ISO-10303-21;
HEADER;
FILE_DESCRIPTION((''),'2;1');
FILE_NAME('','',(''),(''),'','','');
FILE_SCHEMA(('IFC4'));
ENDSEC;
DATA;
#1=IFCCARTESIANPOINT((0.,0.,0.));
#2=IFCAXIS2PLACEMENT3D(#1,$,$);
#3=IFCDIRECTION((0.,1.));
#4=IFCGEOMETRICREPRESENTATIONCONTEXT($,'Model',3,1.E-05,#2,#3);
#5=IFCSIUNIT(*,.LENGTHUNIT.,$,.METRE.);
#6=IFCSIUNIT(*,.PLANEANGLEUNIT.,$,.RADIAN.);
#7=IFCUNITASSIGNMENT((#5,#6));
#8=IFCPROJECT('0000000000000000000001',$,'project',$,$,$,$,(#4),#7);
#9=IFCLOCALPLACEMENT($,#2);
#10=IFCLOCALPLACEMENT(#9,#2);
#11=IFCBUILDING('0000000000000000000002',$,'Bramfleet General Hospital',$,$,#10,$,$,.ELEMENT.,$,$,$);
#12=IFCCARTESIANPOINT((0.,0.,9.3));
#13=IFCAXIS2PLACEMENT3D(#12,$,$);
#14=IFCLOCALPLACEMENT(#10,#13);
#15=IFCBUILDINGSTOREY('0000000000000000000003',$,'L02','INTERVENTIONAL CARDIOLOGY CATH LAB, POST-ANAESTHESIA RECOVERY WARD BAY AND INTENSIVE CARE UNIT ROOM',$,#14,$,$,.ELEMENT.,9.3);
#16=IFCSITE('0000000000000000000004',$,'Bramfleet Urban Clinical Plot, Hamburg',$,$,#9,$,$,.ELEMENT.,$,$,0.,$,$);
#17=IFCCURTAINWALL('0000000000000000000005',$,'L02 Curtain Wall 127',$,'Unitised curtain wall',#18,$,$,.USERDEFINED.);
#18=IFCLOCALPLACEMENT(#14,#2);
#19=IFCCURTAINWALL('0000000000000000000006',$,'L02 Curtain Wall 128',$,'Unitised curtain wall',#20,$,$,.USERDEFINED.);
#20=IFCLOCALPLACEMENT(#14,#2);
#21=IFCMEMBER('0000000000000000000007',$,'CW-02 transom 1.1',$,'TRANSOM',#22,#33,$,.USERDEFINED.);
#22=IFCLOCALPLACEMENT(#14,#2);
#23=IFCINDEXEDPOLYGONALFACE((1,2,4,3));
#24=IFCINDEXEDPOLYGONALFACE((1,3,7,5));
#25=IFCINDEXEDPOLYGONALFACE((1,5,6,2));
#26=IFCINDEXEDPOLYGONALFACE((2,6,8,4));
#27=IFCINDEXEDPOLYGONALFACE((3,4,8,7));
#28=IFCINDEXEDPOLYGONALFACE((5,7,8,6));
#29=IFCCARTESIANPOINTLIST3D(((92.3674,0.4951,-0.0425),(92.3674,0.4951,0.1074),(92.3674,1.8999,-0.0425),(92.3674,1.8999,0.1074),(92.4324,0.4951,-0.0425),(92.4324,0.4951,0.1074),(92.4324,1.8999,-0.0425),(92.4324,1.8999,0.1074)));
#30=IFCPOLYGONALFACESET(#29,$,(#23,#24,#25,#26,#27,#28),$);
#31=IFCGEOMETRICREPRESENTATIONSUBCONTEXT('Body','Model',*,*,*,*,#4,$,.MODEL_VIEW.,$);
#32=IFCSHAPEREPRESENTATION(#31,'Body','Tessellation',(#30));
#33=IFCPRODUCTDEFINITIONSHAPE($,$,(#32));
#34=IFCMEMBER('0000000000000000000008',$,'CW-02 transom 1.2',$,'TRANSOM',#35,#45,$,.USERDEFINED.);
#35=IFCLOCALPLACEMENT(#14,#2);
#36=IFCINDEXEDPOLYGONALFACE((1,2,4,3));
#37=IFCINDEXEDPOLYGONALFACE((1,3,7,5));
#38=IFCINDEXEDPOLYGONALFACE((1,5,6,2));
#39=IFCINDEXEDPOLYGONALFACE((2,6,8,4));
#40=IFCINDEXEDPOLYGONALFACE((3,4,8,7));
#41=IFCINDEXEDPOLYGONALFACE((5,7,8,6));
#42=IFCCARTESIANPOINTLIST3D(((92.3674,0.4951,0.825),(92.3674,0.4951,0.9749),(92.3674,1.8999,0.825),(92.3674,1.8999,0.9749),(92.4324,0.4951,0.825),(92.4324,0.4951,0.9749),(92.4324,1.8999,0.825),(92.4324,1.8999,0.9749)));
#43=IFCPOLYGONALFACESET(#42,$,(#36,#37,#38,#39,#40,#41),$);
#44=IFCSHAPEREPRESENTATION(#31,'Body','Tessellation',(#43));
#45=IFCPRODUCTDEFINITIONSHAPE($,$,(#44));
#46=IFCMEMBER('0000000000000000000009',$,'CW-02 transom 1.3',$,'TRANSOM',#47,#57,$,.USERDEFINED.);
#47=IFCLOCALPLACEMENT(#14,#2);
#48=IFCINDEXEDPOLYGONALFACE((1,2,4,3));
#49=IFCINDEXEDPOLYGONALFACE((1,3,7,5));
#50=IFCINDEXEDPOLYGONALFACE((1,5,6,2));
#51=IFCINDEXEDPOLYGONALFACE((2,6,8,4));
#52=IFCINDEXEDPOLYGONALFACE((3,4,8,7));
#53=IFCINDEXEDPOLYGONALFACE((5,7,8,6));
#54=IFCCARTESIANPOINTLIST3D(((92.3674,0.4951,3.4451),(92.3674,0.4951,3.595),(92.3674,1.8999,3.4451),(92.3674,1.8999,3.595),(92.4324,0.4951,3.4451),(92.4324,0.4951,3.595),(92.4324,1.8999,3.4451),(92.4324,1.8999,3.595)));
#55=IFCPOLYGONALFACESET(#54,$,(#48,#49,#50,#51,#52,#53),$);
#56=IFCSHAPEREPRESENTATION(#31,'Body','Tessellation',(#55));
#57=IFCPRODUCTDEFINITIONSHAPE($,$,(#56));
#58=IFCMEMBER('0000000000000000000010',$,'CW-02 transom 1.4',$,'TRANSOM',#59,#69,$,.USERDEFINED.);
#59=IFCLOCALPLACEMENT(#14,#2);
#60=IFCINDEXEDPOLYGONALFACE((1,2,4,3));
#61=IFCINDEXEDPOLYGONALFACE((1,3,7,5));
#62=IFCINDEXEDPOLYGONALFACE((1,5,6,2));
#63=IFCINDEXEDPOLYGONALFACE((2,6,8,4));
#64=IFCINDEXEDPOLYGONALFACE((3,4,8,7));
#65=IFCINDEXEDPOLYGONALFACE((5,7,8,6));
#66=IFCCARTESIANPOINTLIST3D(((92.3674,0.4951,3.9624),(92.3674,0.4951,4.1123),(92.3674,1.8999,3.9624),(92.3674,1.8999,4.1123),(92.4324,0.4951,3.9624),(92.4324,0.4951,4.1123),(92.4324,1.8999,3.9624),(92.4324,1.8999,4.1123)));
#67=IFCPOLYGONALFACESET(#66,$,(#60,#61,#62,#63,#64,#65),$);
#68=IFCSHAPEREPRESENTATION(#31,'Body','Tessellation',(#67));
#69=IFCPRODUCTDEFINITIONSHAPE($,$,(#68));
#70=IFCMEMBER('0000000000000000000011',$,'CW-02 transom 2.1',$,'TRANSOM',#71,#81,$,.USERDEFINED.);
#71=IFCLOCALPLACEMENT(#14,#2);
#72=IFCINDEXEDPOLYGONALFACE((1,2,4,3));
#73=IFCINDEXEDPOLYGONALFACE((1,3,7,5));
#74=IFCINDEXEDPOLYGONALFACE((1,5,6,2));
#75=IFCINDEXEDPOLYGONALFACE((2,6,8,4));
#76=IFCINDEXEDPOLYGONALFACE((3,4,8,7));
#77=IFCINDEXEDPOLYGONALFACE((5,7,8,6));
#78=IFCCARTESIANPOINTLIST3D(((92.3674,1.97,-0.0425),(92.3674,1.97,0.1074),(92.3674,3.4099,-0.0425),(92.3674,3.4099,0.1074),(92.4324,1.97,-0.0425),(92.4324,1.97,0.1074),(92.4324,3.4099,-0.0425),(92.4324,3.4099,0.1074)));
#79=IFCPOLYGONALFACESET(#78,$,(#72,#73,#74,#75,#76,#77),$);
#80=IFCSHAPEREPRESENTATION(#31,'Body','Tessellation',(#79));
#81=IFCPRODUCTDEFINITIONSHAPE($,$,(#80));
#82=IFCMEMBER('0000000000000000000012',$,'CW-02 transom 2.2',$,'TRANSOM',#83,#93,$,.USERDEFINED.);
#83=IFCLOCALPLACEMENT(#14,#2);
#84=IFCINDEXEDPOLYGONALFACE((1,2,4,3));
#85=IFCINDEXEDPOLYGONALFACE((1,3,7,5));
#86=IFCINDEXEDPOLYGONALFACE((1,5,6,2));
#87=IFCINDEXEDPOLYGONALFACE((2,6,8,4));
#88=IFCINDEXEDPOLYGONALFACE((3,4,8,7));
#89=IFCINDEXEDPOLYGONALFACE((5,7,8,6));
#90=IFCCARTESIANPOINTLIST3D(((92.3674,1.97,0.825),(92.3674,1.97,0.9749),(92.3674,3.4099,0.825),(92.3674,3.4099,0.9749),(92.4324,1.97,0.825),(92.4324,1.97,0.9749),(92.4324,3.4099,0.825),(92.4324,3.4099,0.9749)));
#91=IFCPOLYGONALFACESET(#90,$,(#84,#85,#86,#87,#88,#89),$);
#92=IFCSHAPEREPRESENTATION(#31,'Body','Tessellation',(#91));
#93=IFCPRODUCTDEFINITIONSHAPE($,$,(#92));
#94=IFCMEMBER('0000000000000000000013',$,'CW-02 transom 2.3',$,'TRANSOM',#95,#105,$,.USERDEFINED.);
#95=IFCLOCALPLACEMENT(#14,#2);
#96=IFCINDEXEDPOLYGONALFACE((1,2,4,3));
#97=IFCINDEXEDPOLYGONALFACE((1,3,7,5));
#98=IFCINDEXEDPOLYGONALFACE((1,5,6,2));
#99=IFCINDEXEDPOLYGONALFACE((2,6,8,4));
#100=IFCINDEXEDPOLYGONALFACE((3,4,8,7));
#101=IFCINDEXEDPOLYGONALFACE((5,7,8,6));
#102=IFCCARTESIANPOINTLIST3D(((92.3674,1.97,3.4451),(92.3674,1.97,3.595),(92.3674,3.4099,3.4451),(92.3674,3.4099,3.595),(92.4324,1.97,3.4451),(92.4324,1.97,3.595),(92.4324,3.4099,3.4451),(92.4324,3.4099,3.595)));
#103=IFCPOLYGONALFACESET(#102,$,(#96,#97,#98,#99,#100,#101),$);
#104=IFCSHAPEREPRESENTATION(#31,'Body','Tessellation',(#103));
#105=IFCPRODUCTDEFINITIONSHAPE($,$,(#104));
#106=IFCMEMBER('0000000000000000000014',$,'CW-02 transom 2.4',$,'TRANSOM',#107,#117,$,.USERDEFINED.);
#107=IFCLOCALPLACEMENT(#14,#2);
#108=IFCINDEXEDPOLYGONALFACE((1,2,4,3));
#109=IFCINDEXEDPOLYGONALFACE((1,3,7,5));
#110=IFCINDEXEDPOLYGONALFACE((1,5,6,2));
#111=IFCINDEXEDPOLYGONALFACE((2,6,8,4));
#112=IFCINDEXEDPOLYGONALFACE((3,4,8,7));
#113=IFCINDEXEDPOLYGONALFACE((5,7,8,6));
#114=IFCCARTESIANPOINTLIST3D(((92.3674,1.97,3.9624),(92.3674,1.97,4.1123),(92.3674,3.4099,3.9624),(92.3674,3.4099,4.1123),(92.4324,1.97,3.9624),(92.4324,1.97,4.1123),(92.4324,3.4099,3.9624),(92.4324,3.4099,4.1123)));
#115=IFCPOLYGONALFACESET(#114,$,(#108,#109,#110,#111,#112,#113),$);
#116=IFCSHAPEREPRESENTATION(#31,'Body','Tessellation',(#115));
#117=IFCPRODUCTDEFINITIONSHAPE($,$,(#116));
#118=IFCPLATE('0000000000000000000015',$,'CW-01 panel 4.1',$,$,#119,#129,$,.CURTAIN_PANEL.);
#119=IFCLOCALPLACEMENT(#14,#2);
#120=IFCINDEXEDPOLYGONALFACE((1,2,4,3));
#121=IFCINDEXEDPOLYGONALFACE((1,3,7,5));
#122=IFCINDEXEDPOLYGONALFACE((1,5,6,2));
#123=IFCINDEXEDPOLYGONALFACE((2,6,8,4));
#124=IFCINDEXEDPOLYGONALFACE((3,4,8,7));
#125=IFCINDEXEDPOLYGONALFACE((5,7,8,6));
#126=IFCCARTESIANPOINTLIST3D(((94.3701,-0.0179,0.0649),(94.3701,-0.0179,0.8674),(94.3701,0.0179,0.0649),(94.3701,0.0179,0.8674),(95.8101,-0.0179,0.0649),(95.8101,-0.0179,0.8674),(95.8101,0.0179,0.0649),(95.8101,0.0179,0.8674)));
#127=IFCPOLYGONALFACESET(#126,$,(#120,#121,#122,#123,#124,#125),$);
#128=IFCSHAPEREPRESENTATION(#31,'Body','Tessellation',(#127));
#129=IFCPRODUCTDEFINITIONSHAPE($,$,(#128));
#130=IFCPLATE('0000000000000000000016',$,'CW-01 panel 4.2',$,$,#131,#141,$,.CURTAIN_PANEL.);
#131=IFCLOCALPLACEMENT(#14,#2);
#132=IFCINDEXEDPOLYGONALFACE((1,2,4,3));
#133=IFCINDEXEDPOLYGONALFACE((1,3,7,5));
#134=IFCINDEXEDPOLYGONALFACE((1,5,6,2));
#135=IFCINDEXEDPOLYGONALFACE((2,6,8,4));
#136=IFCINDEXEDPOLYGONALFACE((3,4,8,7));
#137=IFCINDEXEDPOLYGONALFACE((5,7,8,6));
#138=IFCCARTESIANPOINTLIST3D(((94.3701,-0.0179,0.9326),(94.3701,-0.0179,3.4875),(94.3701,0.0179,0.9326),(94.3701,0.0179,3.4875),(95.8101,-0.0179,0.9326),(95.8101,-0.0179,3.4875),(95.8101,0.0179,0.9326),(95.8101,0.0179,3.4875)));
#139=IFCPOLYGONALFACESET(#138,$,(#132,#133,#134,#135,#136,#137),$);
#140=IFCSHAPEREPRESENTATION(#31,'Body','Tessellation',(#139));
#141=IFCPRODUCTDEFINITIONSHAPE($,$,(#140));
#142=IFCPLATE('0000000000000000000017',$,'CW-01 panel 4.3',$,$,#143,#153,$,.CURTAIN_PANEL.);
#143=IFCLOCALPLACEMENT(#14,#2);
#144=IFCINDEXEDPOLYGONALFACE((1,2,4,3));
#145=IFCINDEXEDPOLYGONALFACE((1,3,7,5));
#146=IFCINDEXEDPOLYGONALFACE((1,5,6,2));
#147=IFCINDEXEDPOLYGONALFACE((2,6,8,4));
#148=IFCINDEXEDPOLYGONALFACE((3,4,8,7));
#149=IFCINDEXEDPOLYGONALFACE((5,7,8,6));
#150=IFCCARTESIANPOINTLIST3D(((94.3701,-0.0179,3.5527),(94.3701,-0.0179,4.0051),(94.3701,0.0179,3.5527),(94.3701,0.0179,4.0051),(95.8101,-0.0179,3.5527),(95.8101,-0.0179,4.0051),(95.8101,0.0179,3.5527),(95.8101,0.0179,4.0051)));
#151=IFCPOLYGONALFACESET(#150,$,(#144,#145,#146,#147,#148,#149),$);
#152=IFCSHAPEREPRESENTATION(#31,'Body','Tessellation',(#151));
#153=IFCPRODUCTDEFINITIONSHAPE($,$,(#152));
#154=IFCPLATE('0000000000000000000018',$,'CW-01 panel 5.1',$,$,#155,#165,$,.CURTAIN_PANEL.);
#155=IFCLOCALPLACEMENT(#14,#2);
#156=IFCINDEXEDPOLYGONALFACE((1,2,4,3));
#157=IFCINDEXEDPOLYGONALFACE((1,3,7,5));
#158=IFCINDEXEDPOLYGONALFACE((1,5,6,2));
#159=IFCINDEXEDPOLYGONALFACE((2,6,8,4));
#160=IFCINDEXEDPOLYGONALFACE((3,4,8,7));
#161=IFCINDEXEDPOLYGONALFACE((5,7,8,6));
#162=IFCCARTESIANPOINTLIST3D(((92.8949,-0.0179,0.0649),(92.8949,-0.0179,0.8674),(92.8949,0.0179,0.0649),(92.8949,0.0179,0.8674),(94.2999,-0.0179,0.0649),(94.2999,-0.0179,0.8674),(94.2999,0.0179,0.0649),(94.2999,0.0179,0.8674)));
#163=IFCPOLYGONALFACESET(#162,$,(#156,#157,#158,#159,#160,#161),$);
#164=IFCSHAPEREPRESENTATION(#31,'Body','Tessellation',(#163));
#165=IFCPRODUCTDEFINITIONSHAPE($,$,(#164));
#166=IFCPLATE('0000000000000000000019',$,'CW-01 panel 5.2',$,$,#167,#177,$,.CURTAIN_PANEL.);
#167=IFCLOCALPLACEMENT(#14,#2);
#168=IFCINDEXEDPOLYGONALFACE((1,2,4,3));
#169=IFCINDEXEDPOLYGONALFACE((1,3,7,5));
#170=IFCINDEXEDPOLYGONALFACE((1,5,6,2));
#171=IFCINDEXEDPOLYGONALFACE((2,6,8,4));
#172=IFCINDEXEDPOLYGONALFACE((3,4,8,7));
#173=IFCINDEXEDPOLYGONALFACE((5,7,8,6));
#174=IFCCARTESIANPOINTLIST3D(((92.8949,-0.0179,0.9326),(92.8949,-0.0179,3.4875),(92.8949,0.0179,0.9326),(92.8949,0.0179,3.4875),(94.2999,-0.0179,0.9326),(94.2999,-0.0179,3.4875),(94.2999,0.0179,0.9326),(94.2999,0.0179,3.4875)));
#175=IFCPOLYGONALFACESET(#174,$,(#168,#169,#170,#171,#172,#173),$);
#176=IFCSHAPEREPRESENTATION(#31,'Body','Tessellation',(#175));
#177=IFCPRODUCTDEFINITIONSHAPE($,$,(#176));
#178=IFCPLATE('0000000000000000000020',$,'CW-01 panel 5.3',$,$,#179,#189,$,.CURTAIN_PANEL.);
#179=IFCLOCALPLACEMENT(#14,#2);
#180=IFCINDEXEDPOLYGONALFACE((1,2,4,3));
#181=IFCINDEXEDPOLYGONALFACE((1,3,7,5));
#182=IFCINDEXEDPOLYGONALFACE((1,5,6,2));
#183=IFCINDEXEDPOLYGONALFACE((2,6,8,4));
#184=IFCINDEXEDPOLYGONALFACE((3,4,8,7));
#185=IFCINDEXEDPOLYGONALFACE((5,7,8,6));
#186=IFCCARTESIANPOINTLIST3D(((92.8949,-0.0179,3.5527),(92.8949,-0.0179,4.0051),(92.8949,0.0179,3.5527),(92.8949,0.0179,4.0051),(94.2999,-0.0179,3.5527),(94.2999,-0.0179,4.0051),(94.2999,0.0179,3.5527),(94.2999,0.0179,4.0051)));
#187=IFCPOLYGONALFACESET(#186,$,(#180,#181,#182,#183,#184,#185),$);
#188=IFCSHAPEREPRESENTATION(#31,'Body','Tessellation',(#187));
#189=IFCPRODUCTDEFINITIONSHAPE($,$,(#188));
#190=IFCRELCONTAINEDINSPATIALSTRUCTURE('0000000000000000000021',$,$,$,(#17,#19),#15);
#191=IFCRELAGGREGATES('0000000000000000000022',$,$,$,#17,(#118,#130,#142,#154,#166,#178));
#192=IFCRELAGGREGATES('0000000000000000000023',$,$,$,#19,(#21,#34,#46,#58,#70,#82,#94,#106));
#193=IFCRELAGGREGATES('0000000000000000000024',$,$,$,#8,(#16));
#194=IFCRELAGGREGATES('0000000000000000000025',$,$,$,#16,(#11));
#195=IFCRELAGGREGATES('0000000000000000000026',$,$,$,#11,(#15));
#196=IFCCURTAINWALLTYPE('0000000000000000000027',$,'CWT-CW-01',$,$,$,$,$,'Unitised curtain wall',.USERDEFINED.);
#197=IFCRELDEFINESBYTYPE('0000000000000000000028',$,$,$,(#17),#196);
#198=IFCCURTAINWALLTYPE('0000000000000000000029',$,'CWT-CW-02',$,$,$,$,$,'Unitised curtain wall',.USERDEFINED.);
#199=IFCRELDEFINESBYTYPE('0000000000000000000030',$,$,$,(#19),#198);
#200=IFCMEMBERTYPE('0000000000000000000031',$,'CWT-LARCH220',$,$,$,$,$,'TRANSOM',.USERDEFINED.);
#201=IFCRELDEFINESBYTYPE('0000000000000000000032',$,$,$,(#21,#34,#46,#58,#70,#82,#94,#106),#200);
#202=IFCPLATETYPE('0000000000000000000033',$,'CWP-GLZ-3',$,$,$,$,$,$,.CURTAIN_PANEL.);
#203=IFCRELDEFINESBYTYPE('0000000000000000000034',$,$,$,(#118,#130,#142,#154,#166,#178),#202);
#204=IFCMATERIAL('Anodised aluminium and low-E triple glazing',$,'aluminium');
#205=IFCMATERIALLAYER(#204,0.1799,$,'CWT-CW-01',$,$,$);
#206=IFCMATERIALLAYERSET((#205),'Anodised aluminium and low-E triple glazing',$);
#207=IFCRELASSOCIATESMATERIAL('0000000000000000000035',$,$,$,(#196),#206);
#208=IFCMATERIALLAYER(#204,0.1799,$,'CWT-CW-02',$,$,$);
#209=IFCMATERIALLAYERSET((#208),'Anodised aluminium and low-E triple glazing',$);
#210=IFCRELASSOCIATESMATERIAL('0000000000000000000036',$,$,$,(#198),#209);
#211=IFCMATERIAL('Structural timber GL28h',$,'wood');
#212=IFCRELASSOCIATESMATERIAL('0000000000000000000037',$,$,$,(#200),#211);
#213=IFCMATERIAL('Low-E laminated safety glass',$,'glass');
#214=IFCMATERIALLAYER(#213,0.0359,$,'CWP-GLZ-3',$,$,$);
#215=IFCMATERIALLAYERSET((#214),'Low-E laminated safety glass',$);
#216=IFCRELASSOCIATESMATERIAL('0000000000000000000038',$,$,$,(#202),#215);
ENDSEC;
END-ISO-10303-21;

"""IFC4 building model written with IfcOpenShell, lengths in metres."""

from ifc_helpers import new_model, si_unit, direction, frame, origin, origin_2d, place, context, subcontext, project, spatial, rectangle, extrude, material, layer, layer_set, material_profile, profile_set, type_object, element, aggregate, save


model = new_model("IFC4")

# Units and contexts
model_context = context("Model", 3, precision=1e-05, world=origin(), true_north=direction((0.0, 1.0)))
body_context = subcontext(model_context, "Body", "Model", "MODEL_VIEW")
ifc_project = project(units=[si_unit("LENGTHUNIT", "METRE"), si_unit("PLANEANGLEUNIT", "RADIAN")], contexts=[model_context])

# Site, building, storey
site_placement = place(None, origin())
site = spatial("IfcSite", under=ifc_project, at=site_placement, Name="Bramfleet Urban Clinical Plot, Hamburg", CompositionType="ELEMENT", RefElevation=0.0)
building_placement = place(site_placement, origin())
building = spatial("IfcBuilding", under=site, at=building_placement, Name="Bramfleet General Hospital", CompositionType="ELEMENT")
storey_placement = place(building_placement, frame((0.0, 0.0, 9.3)))
storey = spatial("IfcBuildingStorey", under=building, at=storey_placement, Name="L02", Description="INTERVENTIONAL CARDIOLOGY CATH LAB, POST-ANAESTHESIA RECOVERY WARD BAY AND INTENSIVE CARE UNIT ROOM", CompositionType="ELEMENT", Elevation=9.3)

# Curtain walls
ifc_material_1 = material(Name="Anodised aluminium and low-E triple glazing", Category="aluminium")
ifc_layer_1 = layer(ifc_material_1, 0.1799, Name="CWT-CW-01")
ifc_layer_set_1 = layer_set([ifc_layer_1], Name="Anodised aluminium and low-E triple glazing")
curtain_wall_type_1 = type_object("IfcCurtainWallType", Name="CWT-CW-01", ElementType="Unitised curtain wall", PredefinedType="USERDEFINED", material=ifc_layer_set_1)
curtain_wall_1_placement = place(storey_placement, origin())
curtain_wall_1 = element("IfcCurtainWall", 1, at=curtain_wall_1_placement, inside=storey, type_object=curtain_wall_type_1, Name="L02 Curtain Wall 127", ObjectType="Unitised curtain wall", PredefinedType="USERDEFINED")
ifc_material_2 = material(Name="Structural timber GL28h", Category="wood")
ifc_layer_2 = layer(ifc_material_1, 0.1799, Name="CWT-CW-02")
ifc_layer_set_2 = layer_set([ifc_layer_2], Name="Anodised aluminium and low-E triple glazing")
curtain_wall_type_2 = type_object("IfcCurtainWallType", Name="CWT-CW-02", ElementType="Unitised curtain wall", PredefinedType="USERDEFINED", material=ifc_layer_set_2)
curtain_wall_2_placement = place(storey_placement, origin())
curtain_wall_2 = element("IfcCurtainWall", 2, at=curtain_wall_2_placement, inside=storey, type_object=curtain_wall_type_2, Name="L02 Curtain Wall 128", ObjectType="Unitised curtain wall", PredefinedType="USERDEFINED")

# Members
ifc_material_profile_1 = material_profile(ifc_material_2, rectangle(XDim=0.0649, YDim=0.1499, at=origin_2d()), Name="LARCH 150x65")
ifc_profile_set_1 = profile_set([ifc_material_profile_1], Name="Structural timber GL28h")
member_type_1 = type_object("IfcMemberType", Name="CWT-LARCH220", ElementType="TRANSOM", PredefinedType="USERDEFINED", material=ifc_profile_set_1)
member_1_placement = place(storey_placement, frame((92.3999, 0.4951, 0.0325), z_axis=(0.0, 1.0, 0.0), x_axis=(-1.0, 0.0, 0.0)))
member_1 = element("IfcMember", 3, at=member_1_placement, type_object=member_type_1, Name="CW-02 transom 1.1", ObjectType="TRANSOM", PredefinedType="USERDEFINED", context=body_context, shape_type="SweptSolid", body=[
    extrude(rectangle(XDim=0.0649, YDim=0.1499, at=origin_2d()), origin(), (0.0, 0.0, 1.0), 1.4048),
])
member_2_placement = place(storey_placement, frame((92.3999, 0.4951, 0.8999), z_axis=(0.0, 1.0, 0.0), x_axis=(-1.0, 0.0, 0.0)))
member_2 = element("IfcMember", 4, at=member_2_placement, type_object=member_type_1, Name="CW-02 transom 1.2", ObjectType="TRANSOM", PredefinedType="USERDEFINED", context=body_context, shape_type="SweptSolid", body=[
    extrude(rectangle(XDim=0.0649, YDim=0.1499, at=origin_2d()), origin(), (0.0, 0.0, 1.0), 1.4048),
])
member_3_placement = place(storey_placement, frame((92.3999, 0.4951, 3.52), z_axis=(0.0, 1.0, 0.0), x_axis=(-1.0, 0.0, 0.0)))
member_3 = element("IfcMember", 5, at=member_3_placement, type_object=member_type_1, Name="CW-02 transom 1.3", ObjectType="TRANSOM", PredefinedType="USERDEFINED", context=body_context, shape_type="SweptSolid", body=[
    extrude(rectangle(XDim=0.0649, YDim=0.1499, at=origin_2d()), origin(), (0.0, 0.0, 1.0), 1.4048),
])
member_4_placement = place(storey_placement, frame((92.3999, 0.4951, 4.0374), z_axis=(0.0, 1.0, 0.0), x_axis=(-1.0, 0.0, 0.0)))
member_4 = element("IfcMember", 6, at=member_4_placement, type_object=member_type_1, Name="CW-02 transom 1.4", ObjectType="TRANSOM", PredefinedType="USERDEFINED", context=body_context, shape_type="SweptSolid", body=[
    extrude(rectangle(XDim=0.0649, YDim=0.1499, at=origin_2d()), origin(), (0.0, 0.0, 1.0), 1.4048),
])
member_5_placement = place(storey_placement, frame((92.3999, 1.97, 0.0325), z_axis=(0.0, 1.0, 0.0), x_axis=(-1.0, 0.0, 0.0)))
member_5 = element("IfcMember", 7, at=member_5_placement, type_object=member_type_1, Name="CW-02 transom 2.1", ObjectType="TRANSOM", PredefinedType="USERDEFINED", context=body_context, shape_type="SweptSolid", body=[
    extrude(rectangle(XDim=0.0649, YDim=0.1499, at=origin_2d()), origin(), (0.0, 0.0, 1.0), 1.4399),
])
member_6_placement = place(storey_placement, frame((92.3999, 1.97, 0.8999), z_axis=(0.0, 1.0, 0.0), x_axis=(-1.0, 0.0, 0.0)))
member_6 = element("IfcMember", 8, at=member_6_placement, type_object=member_type_1, Name="CW-02 transom 2.2", ObjectType="TRANSOM", PredefinedType="USERDEFINED", context=body_context, shape_type="SweptSolid", body=[
    extrude(rectangle(XDim=0.0649, YDim=0.1499, at=origin_2d()), origin(), (0.0, 0.0, 1.0), 1.4399),
])
member_7_placement = place(storey_placement, frame((92.3999, 1.97, 3.52), z_axis=(0.0, 1.0, 0.0), x_axis=(-1.0, 0.0, 0.0)))
member_7 = element("IfcMember", 9, at=member_7_placement, type_object=member_type_1, Name="CW-02 transom 2.3", ObjectType="TRANSOM", PredefinedType="USERDEFINED", context=body_context, shape_type="SweptSolid", body=[
    extrude(rectangle(XDim=0.0649, YDim=0.1499, at=origin_2d()), origin(), (0.0, 0.0, 1.0), 1.4399),
])
member_8_placement = place(storey_placement, frame((92.3999, 1.97, 4.0374), z_axis=(0.0, 1.0, 0.0), x_axis=(-1.0, 0.0, 0.0)))
member_8 = element("IfcMember", 10, at=member_8_placement, type_object=member_type_1, Name="CW-02 transom 2.4", ObjectType="TRANSOM", PredefinedType="USERDEFINED", context=body_context, shape_type="SweptSolid", body=[
    extrude(rectangle(XDim=0.0649, YDim=0.1499, at=origin_2d()), origin(), (0.0, 0.0, 1.0), 1.4399),
])

# Plates
ifc_material_3 = material(Name="Low-E laminated safety glass", Category="glass")
ifc_layer_3 = layer(ifc_material_3, 0.0359, Name="CWP-GLZ-3")
ifc_layer_set_3 = layer_set([ifc_layer_3], Name="Low-E laminated safety glass")
plate_type_1 = type_object("IfcPlateType", Name="CWP-GLZ-3", PredefinedType="CURTAIN_PANEL", material=ifc_layer_set_3)
plate_1_placement = place(storey_placement, frame((95.0901, 0.0, 0.0649), z_axis=(0.0, 0.0, 1.0), x_axis=(-1.0, 0.0, 0.0)))
plate_1 = element("IfcPlate", 11, at=plate_1_placement, type_object=plate_type_1, Name="CW-01 panel 4.1", PredefinedType="CURTAIN_PANEL", context=body_context, shape_type="SweptSolid", body=[
    extrude(rectangle(XDim=1.4399, YDim=0.0359, at=origin_2d()), origin(), (0.0, 0.0, 1.0), 0.8025),
])
plate_2_placement = place(storey_placement, frame((95.0901, 0.0, 0.9326), z_axis=(0.0, 0.0, 1.0), x_axis=(-1.0, 0.0, 0.0)))
plate_2 = element("IfcPlate", 12, at=plate_2_placement, type_object=plate_type_1, Name="CW-01 panel 4.2", PredefinedType="CURTAIN_PANEL", context=body_context, shape_type="SweptSolid", body=[
    extrude(rectangle(XDim=1.4399, YDim=0.0359, at=origin_2d()), origin(), (0.0, 0.0, 1.0), 2.5549),
])
plate_3_placement = place(storey_placement, frame((95.0901, 0.0, 3.5527), z_axis=(0.0, 0.0, 1.0), x_axis=(-1.0, 0.0, 0.0)))
plate_3 = element("IfcPlate", 13, at=plate_3_placement, type_object=plate_type_1, Name="CW-01 panel 4.3", PredefinedType="CURTAIN_PANEL", context=body_context, shape_type="SweptSolid", body=[
    extrude(rectangle(XDim=1.4399, YDim=0.0359, at=origin_2d()), origin(), (0.0, 0.0, 1.0), 0.4524),
])
plate_4_placement = place(storey_placement, frame((93.5974, 0.0, 0.0649), z_axis=(0.0, 0.0, 1.0), x_axis=(-1.0, 0.0, 0.0)))
plate_4 = element("IfcPlate", 14, at=plate_4_placement, type_object=plate_type_1, Name="CW-01 panel 5.1", PredefinedType="CURTAIN_PANEL", context=body_context, shape_type="SweptSolid", body=[
    extrude(rectangle(XDim=1.405, YDim=0.0359, at=origin_2d()), origin(), (0.0, 0.0, 1.0), 0.8025),
])
plate_5_placement = place(storey_placement, frame((93.5974, 0.0, 0.9326), z_axis=(0.0, 0.0, 1.0), x_axis=(-1.0, 0.0, 0.0)))
plate_5 = element("IfcPlate", 15, at=plate_5_placement, type_object=plate_type_1, Name="CW-01 panel 5.2", PredefinedType="CURTAIN_PANEL", context=body_context, shape_type="SweptSolid", body=[
    extrude(rectangle(XDim=1.405, YDim=0.0359, at=origin_2d()), origin(), (0.0, 0.0, 1.0), 2.5549),
])
plate_6_placement = place(storey_placement, frame((93.5974, 0.0, 3.5527), z_axis=(0.0, 0.0, 1.0), x_axis=(-1.0, 0.0, 0.0)))
plate_6 = element("IfcPlate", 16, at=plate_6_placement, type_object=plate_type_1, Name="CW-01 panel 5.3", PredefinedType="CURTAIN_PANEL", context=body_context, shape_type="SweptSolid", body=[
    extrude(rectangle(XDim=1.405, YDim=0.0359, at=origin_2d()), origin(), (0.0, 0.0, 1.0), 0.4524),
])
aggregate(curtain_wall_1, [plate_1, plate_2, plate_3, plate_4, plate_5, plate_6])
aggregate(curtain_wall_2, [member_1, member_2, member_3, member_4, member_5, member_6, member_7, member_8])

save(model, "model.ifc")
